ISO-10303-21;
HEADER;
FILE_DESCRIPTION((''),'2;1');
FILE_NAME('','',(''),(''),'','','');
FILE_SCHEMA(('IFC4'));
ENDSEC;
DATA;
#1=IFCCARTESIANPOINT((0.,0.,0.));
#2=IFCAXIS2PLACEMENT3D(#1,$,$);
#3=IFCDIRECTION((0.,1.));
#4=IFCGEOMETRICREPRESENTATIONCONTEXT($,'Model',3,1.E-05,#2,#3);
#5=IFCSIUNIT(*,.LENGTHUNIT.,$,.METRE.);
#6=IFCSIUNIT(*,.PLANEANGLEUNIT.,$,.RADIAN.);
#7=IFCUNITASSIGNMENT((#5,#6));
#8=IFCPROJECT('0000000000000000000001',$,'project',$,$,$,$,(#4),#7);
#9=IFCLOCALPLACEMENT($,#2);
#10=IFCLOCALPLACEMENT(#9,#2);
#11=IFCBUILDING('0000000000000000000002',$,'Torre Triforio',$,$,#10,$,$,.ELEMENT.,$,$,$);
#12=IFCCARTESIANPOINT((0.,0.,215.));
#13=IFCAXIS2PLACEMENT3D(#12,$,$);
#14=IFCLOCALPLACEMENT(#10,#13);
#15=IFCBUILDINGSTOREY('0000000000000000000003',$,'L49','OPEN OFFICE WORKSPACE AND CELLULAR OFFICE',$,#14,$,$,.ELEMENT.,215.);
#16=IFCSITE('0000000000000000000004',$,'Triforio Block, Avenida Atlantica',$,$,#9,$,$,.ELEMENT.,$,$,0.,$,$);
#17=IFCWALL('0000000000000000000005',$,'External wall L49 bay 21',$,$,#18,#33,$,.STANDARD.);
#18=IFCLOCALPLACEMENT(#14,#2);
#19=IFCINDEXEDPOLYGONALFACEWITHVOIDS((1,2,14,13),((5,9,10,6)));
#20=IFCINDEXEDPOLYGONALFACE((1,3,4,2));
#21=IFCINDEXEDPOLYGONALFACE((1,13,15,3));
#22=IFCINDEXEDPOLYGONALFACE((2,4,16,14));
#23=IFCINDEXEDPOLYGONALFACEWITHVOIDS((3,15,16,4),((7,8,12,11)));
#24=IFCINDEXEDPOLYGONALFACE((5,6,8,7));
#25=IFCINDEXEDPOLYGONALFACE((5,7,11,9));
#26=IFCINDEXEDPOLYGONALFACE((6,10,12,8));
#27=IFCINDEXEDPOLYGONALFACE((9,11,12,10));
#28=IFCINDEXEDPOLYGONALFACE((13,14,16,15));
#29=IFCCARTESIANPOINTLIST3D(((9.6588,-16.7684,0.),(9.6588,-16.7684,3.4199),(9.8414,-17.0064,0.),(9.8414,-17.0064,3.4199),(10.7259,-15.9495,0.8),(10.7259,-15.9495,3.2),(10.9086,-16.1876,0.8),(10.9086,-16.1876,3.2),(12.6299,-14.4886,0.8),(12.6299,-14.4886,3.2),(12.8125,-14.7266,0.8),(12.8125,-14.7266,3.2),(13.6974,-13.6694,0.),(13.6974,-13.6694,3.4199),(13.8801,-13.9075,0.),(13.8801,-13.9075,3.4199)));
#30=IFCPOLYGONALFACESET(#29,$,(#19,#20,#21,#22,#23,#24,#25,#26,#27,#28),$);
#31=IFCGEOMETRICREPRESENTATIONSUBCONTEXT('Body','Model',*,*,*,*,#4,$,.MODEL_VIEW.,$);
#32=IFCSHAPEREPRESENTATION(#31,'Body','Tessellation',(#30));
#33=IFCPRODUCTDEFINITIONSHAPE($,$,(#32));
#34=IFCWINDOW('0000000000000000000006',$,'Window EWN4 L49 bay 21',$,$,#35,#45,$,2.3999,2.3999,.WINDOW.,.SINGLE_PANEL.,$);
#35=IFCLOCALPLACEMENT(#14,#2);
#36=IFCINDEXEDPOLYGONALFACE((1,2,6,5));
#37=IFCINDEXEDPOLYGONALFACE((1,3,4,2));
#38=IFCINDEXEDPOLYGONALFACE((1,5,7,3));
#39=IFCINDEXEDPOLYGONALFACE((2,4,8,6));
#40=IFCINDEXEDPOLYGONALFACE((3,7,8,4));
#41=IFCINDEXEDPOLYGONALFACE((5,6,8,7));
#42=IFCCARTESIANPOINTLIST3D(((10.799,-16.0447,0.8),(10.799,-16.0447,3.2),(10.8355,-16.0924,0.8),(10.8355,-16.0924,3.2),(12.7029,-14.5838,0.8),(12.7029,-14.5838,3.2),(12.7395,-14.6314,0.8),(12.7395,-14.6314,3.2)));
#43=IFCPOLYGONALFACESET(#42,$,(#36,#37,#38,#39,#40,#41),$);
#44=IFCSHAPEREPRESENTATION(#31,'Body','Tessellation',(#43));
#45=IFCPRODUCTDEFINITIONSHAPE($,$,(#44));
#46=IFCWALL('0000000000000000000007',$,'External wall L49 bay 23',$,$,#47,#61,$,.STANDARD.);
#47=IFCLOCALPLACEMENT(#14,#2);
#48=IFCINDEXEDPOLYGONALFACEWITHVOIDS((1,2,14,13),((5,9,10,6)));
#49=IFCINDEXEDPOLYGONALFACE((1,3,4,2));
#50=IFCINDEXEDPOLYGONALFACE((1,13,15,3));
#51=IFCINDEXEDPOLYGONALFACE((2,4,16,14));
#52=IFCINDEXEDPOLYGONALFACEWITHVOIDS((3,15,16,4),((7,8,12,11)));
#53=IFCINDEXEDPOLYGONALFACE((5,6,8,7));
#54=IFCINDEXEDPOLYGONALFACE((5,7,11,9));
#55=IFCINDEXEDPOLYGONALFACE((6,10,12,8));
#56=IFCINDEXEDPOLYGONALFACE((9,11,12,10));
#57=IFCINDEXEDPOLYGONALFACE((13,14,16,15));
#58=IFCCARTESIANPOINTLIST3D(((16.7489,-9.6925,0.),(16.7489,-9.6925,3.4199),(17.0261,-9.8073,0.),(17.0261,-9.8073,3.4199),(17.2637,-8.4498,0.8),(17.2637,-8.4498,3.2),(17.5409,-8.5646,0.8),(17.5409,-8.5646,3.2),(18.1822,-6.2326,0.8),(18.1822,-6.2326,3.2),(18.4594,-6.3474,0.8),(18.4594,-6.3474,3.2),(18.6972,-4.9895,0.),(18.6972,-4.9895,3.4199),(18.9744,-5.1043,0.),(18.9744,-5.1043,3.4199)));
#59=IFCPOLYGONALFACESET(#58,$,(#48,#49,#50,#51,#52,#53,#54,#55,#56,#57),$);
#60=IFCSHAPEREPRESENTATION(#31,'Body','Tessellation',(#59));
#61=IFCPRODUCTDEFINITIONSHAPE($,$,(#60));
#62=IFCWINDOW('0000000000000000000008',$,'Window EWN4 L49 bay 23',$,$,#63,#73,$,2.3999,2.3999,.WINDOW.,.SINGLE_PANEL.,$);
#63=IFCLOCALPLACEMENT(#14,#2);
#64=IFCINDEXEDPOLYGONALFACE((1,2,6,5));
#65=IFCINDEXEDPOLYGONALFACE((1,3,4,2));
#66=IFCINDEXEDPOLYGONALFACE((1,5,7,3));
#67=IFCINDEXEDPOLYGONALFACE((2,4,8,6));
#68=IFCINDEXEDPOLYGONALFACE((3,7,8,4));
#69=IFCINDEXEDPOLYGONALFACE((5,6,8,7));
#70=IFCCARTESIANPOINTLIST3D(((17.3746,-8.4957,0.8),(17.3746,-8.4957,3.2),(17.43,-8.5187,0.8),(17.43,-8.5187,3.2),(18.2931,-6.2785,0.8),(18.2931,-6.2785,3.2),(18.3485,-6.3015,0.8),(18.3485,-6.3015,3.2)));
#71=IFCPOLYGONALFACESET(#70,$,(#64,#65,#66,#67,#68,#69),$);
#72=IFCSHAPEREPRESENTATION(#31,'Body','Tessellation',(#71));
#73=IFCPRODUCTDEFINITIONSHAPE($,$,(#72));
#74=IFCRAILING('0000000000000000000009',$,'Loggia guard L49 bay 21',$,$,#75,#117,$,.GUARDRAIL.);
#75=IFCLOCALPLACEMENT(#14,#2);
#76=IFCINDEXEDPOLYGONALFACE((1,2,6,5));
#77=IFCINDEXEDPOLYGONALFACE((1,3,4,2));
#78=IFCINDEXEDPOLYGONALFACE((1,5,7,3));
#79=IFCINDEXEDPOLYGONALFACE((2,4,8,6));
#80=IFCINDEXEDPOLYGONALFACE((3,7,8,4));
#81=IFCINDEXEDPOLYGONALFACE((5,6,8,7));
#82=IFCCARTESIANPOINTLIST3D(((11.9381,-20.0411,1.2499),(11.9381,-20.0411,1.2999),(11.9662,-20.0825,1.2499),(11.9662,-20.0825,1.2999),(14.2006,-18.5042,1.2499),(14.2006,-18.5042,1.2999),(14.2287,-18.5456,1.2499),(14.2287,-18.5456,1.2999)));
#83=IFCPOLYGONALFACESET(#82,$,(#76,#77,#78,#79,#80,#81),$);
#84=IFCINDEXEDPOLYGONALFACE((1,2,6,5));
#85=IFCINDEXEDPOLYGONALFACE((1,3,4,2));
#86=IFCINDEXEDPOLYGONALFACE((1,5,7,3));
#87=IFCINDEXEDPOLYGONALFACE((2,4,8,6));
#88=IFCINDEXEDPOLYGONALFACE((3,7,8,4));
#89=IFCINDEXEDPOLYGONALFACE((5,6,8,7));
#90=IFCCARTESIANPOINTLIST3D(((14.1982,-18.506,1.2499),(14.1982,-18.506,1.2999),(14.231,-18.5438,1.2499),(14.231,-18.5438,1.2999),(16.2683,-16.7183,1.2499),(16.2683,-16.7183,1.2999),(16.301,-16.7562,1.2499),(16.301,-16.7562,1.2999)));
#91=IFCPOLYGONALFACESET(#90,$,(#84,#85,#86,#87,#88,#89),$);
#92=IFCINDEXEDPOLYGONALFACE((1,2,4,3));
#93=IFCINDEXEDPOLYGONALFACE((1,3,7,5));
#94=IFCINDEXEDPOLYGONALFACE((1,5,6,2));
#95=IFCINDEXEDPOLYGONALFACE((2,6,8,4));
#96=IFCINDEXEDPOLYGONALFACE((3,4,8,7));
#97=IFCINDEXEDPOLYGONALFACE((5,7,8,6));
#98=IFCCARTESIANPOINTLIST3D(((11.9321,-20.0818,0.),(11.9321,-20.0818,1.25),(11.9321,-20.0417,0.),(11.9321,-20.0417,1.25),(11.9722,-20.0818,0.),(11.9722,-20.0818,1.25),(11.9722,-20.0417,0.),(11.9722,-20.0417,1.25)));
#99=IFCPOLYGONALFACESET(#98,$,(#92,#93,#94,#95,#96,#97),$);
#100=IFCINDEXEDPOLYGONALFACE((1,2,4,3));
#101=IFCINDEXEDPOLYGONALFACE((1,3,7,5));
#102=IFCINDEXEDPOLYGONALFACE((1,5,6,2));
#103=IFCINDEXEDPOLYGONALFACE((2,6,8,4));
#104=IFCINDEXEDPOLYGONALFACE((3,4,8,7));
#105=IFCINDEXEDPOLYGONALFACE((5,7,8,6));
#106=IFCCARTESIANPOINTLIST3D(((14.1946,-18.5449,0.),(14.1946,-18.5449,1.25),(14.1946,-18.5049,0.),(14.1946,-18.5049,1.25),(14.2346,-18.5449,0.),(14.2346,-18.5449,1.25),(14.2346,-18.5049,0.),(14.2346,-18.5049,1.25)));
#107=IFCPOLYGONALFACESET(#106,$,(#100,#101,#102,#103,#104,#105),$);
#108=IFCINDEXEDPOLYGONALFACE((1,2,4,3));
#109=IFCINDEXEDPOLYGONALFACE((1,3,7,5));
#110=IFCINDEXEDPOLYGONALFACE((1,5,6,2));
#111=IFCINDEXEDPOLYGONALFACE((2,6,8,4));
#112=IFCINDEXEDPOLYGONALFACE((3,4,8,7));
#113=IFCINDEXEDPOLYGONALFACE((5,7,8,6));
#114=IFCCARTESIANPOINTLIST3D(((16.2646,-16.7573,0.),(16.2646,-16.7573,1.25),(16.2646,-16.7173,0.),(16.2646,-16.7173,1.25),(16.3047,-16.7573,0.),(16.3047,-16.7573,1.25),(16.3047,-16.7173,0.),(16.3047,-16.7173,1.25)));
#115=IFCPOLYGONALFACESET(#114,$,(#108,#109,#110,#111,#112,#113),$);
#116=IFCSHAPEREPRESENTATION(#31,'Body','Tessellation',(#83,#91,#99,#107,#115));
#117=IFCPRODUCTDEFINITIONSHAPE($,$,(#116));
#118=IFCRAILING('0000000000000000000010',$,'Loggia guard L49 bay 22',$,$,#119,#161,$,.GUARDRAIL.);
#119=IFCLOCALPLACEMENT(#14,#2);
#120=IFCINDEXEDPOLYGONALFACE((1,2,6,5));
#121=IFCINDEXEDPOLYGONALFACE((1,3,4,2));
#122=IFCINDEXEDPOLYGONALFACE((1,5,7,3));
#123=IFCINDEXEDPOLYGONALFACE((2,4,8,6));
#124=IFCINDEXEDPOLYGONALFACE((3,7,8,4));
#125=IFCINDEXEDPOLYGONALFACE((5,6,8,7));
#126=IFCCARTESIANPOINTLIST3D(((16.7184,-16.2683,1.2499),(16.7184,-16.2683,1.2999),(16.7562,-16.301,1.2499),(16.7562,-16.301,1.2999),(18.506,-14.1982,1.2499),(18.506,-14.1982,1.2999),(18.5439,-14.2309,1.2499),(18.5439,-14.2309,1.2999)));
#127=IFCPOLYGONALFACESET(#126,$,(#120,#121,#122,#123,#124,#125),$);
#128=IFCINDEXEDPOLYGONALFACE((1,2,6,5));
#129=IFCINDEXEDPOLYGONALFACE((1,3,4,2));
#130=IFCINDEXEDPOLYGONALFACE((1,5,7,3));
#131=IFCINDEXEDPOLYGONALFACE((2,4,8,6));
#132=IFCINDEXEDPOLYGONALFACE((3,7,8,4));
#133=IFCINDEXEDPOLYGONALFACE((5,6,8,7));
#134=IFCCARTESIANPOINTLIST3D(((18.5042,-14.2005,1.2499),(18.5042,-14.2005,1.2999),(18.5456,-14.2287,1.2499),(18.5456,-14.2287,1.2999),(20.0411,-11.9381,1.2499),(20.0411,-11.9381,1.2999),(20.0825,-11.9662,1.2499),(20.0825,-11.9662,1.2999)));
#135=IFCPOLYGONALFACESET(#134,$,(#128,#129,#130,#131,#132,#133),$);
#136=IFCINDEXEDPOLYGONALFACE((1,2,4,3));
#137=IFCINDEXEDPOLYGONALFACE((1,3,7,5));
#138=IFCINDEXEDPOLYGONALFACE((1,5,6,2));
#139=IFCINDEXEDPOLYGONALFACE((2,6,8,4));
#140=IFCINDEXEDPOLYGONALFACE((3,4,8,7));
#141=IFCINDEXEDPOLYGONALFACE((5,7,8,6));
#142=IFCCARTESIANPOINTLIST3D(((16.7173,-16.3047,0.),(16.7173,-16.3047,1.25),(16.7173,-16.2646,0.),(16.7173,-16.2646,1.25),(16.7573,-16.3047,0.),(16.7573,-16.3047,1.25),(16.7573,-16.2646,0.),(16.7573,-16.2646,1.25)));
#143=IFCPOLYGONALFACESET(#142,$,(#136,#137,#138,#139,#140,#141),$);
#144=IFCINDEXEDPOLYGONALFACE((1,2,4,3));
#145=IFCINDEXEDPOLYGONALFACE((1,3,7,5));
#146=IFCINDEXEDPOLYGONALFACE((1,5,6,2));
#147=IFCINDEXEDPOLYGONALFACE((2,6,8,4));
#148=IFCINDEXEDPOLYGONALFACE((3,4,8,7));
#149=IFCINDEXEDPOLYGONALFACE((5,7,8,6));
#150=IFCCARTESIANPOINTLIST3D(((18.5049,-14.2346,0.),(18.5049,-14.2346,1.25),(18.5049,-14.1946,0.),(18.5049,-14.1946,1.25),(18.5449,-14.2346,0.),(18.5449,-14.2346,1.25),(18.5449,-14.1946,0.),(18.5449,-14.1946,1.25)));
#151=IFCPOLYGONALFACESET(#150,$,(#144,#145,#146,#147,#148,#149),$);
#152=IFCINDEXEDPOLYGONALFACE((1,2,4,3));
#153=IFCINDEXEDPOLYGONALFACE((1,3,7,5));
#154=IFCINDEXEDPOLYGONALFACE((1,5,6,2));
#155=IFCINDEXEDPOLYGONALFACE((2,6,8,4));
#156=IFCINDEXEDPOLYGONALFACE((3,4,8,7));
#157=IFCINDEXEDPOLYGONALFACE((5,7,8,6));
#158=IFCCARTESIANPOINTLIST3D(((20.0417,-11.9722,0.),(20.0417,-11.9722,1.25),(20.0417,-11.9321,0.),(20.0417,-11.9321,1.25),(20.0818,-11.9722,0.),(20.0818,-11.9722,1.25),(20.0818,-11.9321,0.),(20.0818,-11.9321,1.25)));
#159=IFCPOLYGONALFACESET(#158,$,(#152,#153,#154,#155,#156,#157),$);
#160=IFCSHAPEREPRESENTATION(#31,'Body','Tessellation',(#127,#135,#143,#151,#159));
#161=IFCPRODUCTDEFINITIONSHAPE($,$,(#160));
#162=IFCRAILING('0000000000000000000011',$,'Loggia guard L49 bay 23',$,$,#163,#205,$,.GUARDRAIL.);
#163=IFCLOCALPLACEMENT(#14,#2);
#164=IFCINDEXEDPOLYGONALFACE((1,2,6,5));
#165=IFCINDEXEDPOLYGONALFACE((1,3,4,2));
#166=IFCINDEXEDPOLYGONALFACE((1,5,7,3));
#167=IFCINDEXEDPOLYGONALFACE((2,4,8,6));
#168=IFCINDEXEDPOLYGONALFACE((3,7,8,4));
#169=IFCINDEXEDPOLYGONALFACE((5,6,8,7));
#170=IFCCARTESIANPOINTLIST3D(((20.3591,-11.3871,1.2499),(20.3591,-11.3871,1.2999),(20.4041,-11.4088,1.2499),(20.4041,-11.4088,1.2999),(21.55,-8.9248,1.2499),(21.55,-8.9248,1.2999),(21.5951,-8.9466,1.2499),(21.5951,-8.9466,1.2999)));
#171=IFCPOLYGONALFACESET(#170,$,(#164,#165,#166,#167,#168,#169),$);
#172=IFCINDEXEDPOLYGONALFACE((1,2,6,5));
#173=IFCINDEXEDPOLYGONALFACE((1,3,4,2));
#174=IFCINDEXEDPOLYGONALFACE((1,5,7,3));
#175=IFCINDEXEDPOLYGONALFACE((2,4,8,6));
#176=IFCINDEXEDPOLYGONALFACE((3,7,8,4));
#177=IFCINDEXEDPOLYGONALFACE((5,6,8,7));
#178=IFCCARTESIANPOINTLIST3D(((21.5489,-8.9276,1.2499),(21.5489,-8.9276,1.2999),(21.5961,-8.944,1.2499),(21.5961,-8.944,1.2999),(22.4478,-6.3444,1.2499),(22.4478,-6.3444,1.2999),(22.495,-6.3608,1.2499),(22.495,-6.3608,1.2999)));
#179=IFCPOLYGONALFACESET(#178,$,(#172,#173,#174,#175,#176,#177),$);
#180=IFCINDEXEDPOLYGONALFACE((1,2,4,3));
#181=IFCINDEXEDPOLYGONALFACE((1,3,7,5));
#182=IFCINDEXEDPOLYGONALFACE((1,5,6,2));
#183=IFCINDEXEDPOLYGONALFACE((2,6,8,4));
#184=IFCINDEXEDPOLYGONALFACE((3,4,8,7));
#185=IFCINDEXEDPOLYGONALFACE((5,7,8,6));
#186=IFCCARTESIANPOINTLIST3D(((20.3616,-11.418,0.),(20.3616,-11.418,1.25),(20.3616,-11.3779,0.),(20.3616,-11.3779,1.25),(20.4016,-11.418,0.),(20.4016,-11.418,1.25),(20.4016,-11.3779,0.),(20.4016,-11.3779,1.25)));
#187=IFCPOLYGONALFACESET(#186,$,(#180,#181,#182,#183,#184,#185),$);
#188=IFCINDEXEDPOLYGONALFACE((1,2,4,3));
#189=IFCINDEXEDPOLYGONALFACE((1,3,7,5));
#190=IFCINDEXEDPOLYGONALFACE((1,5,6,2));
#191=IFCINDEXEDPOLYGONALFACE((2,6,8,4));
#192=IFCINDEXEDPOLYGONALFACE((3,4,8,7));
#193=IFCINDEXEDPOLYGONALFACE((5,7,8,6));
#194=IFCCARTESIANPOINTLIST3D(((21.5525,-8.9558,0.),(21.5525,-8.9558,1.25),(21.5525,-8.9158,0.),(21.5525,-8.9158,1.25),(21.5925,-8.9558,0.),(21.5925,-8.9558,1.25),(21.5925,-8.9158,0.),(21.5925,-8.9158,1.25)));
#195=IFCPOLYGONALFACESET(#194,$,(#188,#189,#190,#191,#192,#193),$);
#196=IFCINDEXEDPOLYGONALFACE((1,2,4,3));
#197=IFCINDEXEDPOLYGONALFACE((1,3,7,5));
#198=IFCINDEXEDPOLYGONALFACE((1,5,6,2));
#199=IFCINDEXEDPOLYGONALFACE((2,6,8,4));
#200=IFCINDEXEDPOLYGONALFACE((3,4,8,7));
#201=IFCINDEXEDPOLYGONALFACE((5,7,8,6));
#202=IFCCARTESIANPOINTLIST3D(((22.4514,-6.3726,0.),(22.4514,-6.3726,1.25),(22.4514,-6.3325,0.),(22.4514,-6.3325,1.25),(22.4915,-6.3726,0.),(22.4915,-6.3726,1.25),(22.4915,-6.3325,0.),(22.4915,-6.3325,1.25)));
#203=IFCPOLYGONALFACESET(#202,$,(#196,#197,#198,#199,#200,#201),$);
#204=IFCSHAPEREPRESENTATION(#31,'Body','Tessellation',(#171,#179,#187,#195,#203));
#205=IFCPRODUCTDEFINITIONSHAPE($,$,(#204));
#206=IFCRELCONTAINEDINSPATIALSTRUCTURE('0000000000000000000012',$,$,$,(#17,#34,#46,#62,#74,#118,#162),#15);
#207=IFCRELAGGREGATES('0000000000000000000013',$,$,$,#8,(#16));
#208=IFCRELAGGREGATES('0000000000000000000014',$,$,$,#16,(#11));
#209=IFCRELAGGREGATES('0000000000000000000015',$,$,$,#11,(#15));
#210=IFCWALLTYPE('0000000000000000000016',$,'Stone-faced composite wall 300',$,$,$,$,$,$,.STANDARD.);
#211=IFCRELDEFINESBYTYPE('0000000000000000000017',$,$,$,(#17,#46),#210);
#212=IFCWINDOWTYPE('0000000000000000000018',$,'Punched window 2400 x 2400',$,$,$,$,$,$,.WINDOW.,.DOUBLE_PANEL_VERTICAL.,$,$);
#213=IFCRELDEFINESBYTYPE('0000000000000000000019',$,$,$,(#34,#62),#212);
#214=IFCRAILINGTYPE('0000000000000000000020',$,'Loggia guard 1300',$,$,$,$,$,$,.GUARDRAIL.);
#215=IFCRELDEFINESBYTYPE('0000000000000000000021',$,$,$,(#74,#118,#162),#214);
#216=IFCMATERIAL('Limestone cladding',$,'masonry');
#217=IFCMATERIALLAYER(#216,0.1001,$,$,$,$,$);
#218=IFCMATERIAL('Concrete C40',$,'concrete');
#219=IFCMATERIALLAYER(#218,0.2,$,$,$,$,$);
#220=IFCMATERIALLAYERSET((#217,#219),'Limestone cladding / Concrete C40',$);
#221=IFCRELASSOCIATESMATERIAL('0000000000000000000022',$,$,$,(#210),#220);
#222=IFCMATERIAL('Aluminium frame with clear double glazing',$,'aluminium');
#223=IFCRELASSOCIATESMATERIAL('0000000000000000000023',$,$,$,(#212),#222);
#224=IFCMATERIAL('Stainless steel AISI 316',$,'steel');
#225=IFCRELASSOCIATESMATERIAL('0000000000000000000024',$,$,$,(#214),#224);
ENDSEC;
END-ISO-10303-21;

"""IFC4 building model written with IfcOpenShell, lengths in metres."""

from ifc_helpers import new_model, si_unit, direction, frame, frame_2d, origin, origin_2d, place, context, subcontext, project, spatial, rectangle, extrude, material, layer, layer_set, type_object, element, fill, save


model = new_model("IFC4")

# Units and contexts
model_context = context("Model", 3, precision=1e-05, world=origin(), true_north=direction((0.0, 1.0)))
body_context = subcontext(model_context, "Body", "Model", "MODEL_VIEW")
ifc_project = project(units=[si_unit("LENGTHUNIT", "METRE"), si_unit("PLANEANGLEUNIT", "RADIAN")], contexts=[model_context])

# Site, building, storey
site_placement = place(None, origin())
site = spatial("IfcSite", under=ifc_project, at=site_placement, Name="Triforio Block, Avenida Atlantica", CompositionType="ELEMENT", RefElevation=0.0)
building_placement = place(site_placement, origin())
building = spatial("IfcBuilding", under=site, at=building_placement, Name="Torre Triforio", CompositionType="ELEMENT")
storey_placement = place(building_placement, frame((0.0, 0.0, 215.0)))
storey = spatial("IfcBuildingStorey", under=building, at=storey_placement, Name="L49", Description="OPEN OFFICE WORKSPACE AND CELLULAR OFFICE", CompositionType="ELEMENT", Elevation=215.0)

# Shared definitions
ifc_material_1 = material(Name="Concrete C40", Category="concrete")

# Shared definitions
ifc_material_2 = material(Name="Limestone cladding", Category="masonry")

# Wall, opening, window
ifc_layer_1 = layer(ifc_material_2, 0.1001)
ifc_layer_2 = layer(ifc_material_1, 0.2)
ifc_layer_set_1 = layer_set([ifc_layer_1, ifc_layer_2], Name="Limestone cladding / Concrete C40")
wall_type_1 = type_object("IfcWallType", Name="Stone-faced composite wall 300", PredefinedType="STANDARD", material=ifc_layer_set_1)
wall_1_placement = place(storey_placement, frame((9.75, -16.8875, 0.0), z_axis=(0.0, 0.0, 1.0), x_axis=(0.793356, 0.608758, 0.0)))
wall_1 = element("IfcWall", 1, at=wall_1_placement, inside=storey, type_object=wall_type_1, Name="External wall L49 bay 21", PredefinedType="STANDARD", context=body_context, shape_type="SweptSolid", body=[
    extrude(rectangle(XDim=5.0906, YDim=0.3, at=frame_2d((2.5454, 0.0))), origin(), (0.0, 0.0, 1.0), 3.4199),
])
opening_1_placement = place(wall_1_placement, frame((1.3452, 0.0, 0.8)))
opening_1 = element("IfcOpeningElement", 2, at=opening_1_placement, cuts=wall_1, PredefinedType="OPENING", context=body_context, shape_type="SweptSolid", body=[
    extrude(rectangle(XDim=2.3999, YDim=2.3999, at=frame_2d((1.2, 1.2))), frame((0.0, 0.1599, 0.0), z_axis=(0.0, -1.0, 0.0), x_axis=(1.0, 0.0, 0.0)), (0.0, 0.0, 1.0), 0.3201),
])
ifc_material_3 = material(Name="Aluminium frame with clear double glazing", Category="aluminium")
window_type_1 = type_object("IfcWindowType", Name="Punched window 2400 x 2400", PartitioningType="DOUBLE_PANEL_VERTICAL", PredefinedType="WINDOW", material=ifc_material_3)
window_1_placement = place(opening_1_placement, origin())
window_1 = element("IfcWindow", 3, at=window_1_placement, inside=storey, type_object=window_type_1, Name="Window EWN4 L49 bay 21", OverallHeight=2.3999, OverallWidth=2.3999, PartitioningType="SINGLE_PANEL", PredefinedType="WINDOW", context=body_context, shape_type="SweptSolid", body=[
    extrude(rectangle(XDim=2.3999, YDim=2.3999, at=frame_2d((1.2, 1.2))), frame((0.0, 0.03, 0.0), z_axis=(0.0, -1.0, 0.0), x_axis=(1.0, 0.0, 0.0)), (0.0, 0.0, 1.0), 0.0601),
])
fill(opening_1, window_1)

# Wall, opening, window
wall_2_placement = place(storey_placement, frame((16.8875, -9.75, 0.0), z_axis=(0.0, 0.0, 1.0), x_axis=(0.382725, 0.923863, 0.0)))
wall_2 = element("IfcWall", 4, at=wall_2_placement, inside=storey, type_object=wall_type_1, Name="External wall L49 bay 23", PredefinedType="STANDARD", context=body_context, shape_type="SweptSolid", body=[
    extrude(rectangle(XDim=5.0906, YDim=0.3, at=frame_2d((2.5454, 0.0))), origin(), (0.0, 0.0, 1.0), 3.4199),
])
opening_2_placement = place(wall_2_placement, frame((1.3452, 0.0, 0.8)))
opening_2 = element("IfcOpeningElement", 5, at=opening_2_placement, cuts=wall_2, PredefinedType="OPENING", context=body_context, shape_type="SweptSolid", body=[
    extrude(rectangle(XDim=2.3999, YDim=2.3999, at=frame_2d((1.2, 1.2))), frame((0.0, 0.1599, 0.0), z_axis=(0.0, -1.0, 0.0), x_axis=(1.0, 0.0, 0.0)), (0.0, 0.0, 1.0), 0.3201),
])
window_2_placement = place(opening_2_placement, origin())
window_2 = element("IfcWindow", 6, at=window_2_placement, inside=storey, type_object=window_type_1, Name="Window EWN4 L49 bay 23", OverallHeight=2.3999, OverallWidth=2.3999, PartitioningType="SINGLE_PANEL", PredefinedType="WINDOW", context=body_context, shape_type="SweptSolid", body=[
    extrude(rectangle(XDim=2.3999, YDim=2.3999, at=frame_2d((1.2, 1.2))), frame((0.0, 0.03, 0.0), z_axis=(0.0, -1.0, 0.0), x_axis=(1.0, 0.0, 0.0)), (0.0, 0.0, 1.0), 0.0601),
])
fill(opening_2, window_2)

# Railings
ifc_material_4 = material(Name="Stainless steel AISI 316", Category="steel")
railing_type = type_object("IfcRailingType", Name="Loggia guard 1300", PredefinedType="GUARDRAIL", material=ifc_material_4)
railing_1_placement = place(storey_placement, frame((11.9521, -20.0618, 0.0)))
element("IfcRailing", 7, at=railing_1_placement, inside=storey, type_object=railing_type, Name="Loggia guard L49 bay 21", PredefinedType="GUARDRAIL", context=body_context, shape_type="SweptSolid", body=[
    extrude(rectangle(XDim=0.05, YDim=0.05, at=origin_2d()), frame((0.0, 0.0, 1.2749), z_axis=(0.827199, 0.56191, 0.0), x_axis=(-0.56191, 0.827199, 0.0)), (0.0, 0.0, 1.0), 2.7351),
    extrude(rectangle(XDim=0.05, YDim=0.05, at=origin_2d()), frame((2.2625, 1.5369, 1.2749), z_axis=(0.756857, 0.65358, 0.0), x_axis=(-0.65358, 0.756857, 0.0)), (0.0, 0.0, 1.0), 2.7351),
    extrude(rectangle(XDim=0.04, YDim=0.04, at=origin_2d()), origin(), (0.0, 0.0, 1.0), 1.25),
    extrude(rectangle(XDim=0.04, YDim=0.04, at=origin_2d()), frame((2.2625, 1.5369, 0.0)), (0.0, 0.0, 1.0), 1.25),
    extrude(rectangle(XDim=0.04, YDim=0.04, at=origin_2d()), frame((4.3325, 3.3245, 0.0)), (0.0, 0.0, 1.0), 1.25),
])
railing_2_placement = place(storey_placement, frame((16.7373, -16.2847, 0.0)))
element("IfcRailing", 8, at=railing_2_placement, inside=storey, type_object=railing_type, Name="Loggia guard L49 bay 22", PredefinedType="GUARDRAIL", context=body_context, shape_type="SweptSolid", body=[
    extrude(rectangle(XDim=0.05, YDim=0.05, at=origin_2d()), frame((0.0, 0.0, 1.2749), z_axis=(0.65358, 0.756857, 0.0), x_axis=(-0.756857, 0.65358, 0.0)), (0.0, 0.0, 1.0), 2.7351),
    extrude(rectangle(XDim=0.05, YDim=0.05, at=origin_2d()), frame((1.7876, 2.0701, 1.2749), z_axis=(0.56191, 0.827199, 0.0), x_axis=(-0.827199, 0.56191, 0.0)), (0.0, 0.0, 1.0), 2.7351),
    extrude(rectangle(XDim=0.04, YDim=0.04, at=origin_2d()), origin(), (0.0, 0.0, 1.0), 1.25),
    extrude(rectangle(XDim=0.04, YDim=0.04, at=origin_2d()), frame((1.7876, 2.0701, 0.0)), (0.0, 0.0, 1.0), 1.25),
    extrude(rectangle(XDim=0.04, YDim=0.04, at=origin_2d()), frame((3.3245, 4.3325, 0.0)), (0.0, 0.0, 1.0), 1.25),
])
railing_3_placement = place(storey_placement, frame((20.3816, -11.3979, 0.0)))
element("IfcRailing", 9, at=railing_3_placement, inside=storey, type_object=railing_type, Name="Loggia guard L49 bay 23", PredefinedType="GUARDRAIL", context=body_context, shape_type="SweptSolid", body=[
    extrude(rectangle(XDim=0.05, YDim=0.05, at=origin_2d()), frame((0.0, 0.0, 1.2749), z_axis=(0.435428, 0.900224, 0.0), x_axis=(-0.900224, 0.435428, 0.0)), (0.0, 0.0, 1.0), 2.7351),
    extrude(rectangle(XDim=0.05, YDim=0.05, at=origin_2d()), frame((1.1909, 2.4622, 1.2749), z_axis=(0.328652, 0.944451, 0.0), x_axis=(-0.944451, 0.328652, 0.0)), (0.0, 0.0, 1.0), 2.7351),
    extrude(rectangle(XDim=0.04, YDim=0.04, at=origin_2d()), origin(), (0.0, 0.0, 1.0), 1.25),
    extrude(rectangle(XDim=0.04, YDim=0.04, at=origin_2d()), frame((1.1909, 2.4622, 0.0)), (0.0, 0.0, 1.0), 1.25),
    extrude(rectangle(XDim=0.04, YDim=0.04, at=origin_2d()), frame((2.0898, 5.0454, 0.0)), (0.0, 0.0, 1.0), 1.25),
])

save(model, "model.ifc")
